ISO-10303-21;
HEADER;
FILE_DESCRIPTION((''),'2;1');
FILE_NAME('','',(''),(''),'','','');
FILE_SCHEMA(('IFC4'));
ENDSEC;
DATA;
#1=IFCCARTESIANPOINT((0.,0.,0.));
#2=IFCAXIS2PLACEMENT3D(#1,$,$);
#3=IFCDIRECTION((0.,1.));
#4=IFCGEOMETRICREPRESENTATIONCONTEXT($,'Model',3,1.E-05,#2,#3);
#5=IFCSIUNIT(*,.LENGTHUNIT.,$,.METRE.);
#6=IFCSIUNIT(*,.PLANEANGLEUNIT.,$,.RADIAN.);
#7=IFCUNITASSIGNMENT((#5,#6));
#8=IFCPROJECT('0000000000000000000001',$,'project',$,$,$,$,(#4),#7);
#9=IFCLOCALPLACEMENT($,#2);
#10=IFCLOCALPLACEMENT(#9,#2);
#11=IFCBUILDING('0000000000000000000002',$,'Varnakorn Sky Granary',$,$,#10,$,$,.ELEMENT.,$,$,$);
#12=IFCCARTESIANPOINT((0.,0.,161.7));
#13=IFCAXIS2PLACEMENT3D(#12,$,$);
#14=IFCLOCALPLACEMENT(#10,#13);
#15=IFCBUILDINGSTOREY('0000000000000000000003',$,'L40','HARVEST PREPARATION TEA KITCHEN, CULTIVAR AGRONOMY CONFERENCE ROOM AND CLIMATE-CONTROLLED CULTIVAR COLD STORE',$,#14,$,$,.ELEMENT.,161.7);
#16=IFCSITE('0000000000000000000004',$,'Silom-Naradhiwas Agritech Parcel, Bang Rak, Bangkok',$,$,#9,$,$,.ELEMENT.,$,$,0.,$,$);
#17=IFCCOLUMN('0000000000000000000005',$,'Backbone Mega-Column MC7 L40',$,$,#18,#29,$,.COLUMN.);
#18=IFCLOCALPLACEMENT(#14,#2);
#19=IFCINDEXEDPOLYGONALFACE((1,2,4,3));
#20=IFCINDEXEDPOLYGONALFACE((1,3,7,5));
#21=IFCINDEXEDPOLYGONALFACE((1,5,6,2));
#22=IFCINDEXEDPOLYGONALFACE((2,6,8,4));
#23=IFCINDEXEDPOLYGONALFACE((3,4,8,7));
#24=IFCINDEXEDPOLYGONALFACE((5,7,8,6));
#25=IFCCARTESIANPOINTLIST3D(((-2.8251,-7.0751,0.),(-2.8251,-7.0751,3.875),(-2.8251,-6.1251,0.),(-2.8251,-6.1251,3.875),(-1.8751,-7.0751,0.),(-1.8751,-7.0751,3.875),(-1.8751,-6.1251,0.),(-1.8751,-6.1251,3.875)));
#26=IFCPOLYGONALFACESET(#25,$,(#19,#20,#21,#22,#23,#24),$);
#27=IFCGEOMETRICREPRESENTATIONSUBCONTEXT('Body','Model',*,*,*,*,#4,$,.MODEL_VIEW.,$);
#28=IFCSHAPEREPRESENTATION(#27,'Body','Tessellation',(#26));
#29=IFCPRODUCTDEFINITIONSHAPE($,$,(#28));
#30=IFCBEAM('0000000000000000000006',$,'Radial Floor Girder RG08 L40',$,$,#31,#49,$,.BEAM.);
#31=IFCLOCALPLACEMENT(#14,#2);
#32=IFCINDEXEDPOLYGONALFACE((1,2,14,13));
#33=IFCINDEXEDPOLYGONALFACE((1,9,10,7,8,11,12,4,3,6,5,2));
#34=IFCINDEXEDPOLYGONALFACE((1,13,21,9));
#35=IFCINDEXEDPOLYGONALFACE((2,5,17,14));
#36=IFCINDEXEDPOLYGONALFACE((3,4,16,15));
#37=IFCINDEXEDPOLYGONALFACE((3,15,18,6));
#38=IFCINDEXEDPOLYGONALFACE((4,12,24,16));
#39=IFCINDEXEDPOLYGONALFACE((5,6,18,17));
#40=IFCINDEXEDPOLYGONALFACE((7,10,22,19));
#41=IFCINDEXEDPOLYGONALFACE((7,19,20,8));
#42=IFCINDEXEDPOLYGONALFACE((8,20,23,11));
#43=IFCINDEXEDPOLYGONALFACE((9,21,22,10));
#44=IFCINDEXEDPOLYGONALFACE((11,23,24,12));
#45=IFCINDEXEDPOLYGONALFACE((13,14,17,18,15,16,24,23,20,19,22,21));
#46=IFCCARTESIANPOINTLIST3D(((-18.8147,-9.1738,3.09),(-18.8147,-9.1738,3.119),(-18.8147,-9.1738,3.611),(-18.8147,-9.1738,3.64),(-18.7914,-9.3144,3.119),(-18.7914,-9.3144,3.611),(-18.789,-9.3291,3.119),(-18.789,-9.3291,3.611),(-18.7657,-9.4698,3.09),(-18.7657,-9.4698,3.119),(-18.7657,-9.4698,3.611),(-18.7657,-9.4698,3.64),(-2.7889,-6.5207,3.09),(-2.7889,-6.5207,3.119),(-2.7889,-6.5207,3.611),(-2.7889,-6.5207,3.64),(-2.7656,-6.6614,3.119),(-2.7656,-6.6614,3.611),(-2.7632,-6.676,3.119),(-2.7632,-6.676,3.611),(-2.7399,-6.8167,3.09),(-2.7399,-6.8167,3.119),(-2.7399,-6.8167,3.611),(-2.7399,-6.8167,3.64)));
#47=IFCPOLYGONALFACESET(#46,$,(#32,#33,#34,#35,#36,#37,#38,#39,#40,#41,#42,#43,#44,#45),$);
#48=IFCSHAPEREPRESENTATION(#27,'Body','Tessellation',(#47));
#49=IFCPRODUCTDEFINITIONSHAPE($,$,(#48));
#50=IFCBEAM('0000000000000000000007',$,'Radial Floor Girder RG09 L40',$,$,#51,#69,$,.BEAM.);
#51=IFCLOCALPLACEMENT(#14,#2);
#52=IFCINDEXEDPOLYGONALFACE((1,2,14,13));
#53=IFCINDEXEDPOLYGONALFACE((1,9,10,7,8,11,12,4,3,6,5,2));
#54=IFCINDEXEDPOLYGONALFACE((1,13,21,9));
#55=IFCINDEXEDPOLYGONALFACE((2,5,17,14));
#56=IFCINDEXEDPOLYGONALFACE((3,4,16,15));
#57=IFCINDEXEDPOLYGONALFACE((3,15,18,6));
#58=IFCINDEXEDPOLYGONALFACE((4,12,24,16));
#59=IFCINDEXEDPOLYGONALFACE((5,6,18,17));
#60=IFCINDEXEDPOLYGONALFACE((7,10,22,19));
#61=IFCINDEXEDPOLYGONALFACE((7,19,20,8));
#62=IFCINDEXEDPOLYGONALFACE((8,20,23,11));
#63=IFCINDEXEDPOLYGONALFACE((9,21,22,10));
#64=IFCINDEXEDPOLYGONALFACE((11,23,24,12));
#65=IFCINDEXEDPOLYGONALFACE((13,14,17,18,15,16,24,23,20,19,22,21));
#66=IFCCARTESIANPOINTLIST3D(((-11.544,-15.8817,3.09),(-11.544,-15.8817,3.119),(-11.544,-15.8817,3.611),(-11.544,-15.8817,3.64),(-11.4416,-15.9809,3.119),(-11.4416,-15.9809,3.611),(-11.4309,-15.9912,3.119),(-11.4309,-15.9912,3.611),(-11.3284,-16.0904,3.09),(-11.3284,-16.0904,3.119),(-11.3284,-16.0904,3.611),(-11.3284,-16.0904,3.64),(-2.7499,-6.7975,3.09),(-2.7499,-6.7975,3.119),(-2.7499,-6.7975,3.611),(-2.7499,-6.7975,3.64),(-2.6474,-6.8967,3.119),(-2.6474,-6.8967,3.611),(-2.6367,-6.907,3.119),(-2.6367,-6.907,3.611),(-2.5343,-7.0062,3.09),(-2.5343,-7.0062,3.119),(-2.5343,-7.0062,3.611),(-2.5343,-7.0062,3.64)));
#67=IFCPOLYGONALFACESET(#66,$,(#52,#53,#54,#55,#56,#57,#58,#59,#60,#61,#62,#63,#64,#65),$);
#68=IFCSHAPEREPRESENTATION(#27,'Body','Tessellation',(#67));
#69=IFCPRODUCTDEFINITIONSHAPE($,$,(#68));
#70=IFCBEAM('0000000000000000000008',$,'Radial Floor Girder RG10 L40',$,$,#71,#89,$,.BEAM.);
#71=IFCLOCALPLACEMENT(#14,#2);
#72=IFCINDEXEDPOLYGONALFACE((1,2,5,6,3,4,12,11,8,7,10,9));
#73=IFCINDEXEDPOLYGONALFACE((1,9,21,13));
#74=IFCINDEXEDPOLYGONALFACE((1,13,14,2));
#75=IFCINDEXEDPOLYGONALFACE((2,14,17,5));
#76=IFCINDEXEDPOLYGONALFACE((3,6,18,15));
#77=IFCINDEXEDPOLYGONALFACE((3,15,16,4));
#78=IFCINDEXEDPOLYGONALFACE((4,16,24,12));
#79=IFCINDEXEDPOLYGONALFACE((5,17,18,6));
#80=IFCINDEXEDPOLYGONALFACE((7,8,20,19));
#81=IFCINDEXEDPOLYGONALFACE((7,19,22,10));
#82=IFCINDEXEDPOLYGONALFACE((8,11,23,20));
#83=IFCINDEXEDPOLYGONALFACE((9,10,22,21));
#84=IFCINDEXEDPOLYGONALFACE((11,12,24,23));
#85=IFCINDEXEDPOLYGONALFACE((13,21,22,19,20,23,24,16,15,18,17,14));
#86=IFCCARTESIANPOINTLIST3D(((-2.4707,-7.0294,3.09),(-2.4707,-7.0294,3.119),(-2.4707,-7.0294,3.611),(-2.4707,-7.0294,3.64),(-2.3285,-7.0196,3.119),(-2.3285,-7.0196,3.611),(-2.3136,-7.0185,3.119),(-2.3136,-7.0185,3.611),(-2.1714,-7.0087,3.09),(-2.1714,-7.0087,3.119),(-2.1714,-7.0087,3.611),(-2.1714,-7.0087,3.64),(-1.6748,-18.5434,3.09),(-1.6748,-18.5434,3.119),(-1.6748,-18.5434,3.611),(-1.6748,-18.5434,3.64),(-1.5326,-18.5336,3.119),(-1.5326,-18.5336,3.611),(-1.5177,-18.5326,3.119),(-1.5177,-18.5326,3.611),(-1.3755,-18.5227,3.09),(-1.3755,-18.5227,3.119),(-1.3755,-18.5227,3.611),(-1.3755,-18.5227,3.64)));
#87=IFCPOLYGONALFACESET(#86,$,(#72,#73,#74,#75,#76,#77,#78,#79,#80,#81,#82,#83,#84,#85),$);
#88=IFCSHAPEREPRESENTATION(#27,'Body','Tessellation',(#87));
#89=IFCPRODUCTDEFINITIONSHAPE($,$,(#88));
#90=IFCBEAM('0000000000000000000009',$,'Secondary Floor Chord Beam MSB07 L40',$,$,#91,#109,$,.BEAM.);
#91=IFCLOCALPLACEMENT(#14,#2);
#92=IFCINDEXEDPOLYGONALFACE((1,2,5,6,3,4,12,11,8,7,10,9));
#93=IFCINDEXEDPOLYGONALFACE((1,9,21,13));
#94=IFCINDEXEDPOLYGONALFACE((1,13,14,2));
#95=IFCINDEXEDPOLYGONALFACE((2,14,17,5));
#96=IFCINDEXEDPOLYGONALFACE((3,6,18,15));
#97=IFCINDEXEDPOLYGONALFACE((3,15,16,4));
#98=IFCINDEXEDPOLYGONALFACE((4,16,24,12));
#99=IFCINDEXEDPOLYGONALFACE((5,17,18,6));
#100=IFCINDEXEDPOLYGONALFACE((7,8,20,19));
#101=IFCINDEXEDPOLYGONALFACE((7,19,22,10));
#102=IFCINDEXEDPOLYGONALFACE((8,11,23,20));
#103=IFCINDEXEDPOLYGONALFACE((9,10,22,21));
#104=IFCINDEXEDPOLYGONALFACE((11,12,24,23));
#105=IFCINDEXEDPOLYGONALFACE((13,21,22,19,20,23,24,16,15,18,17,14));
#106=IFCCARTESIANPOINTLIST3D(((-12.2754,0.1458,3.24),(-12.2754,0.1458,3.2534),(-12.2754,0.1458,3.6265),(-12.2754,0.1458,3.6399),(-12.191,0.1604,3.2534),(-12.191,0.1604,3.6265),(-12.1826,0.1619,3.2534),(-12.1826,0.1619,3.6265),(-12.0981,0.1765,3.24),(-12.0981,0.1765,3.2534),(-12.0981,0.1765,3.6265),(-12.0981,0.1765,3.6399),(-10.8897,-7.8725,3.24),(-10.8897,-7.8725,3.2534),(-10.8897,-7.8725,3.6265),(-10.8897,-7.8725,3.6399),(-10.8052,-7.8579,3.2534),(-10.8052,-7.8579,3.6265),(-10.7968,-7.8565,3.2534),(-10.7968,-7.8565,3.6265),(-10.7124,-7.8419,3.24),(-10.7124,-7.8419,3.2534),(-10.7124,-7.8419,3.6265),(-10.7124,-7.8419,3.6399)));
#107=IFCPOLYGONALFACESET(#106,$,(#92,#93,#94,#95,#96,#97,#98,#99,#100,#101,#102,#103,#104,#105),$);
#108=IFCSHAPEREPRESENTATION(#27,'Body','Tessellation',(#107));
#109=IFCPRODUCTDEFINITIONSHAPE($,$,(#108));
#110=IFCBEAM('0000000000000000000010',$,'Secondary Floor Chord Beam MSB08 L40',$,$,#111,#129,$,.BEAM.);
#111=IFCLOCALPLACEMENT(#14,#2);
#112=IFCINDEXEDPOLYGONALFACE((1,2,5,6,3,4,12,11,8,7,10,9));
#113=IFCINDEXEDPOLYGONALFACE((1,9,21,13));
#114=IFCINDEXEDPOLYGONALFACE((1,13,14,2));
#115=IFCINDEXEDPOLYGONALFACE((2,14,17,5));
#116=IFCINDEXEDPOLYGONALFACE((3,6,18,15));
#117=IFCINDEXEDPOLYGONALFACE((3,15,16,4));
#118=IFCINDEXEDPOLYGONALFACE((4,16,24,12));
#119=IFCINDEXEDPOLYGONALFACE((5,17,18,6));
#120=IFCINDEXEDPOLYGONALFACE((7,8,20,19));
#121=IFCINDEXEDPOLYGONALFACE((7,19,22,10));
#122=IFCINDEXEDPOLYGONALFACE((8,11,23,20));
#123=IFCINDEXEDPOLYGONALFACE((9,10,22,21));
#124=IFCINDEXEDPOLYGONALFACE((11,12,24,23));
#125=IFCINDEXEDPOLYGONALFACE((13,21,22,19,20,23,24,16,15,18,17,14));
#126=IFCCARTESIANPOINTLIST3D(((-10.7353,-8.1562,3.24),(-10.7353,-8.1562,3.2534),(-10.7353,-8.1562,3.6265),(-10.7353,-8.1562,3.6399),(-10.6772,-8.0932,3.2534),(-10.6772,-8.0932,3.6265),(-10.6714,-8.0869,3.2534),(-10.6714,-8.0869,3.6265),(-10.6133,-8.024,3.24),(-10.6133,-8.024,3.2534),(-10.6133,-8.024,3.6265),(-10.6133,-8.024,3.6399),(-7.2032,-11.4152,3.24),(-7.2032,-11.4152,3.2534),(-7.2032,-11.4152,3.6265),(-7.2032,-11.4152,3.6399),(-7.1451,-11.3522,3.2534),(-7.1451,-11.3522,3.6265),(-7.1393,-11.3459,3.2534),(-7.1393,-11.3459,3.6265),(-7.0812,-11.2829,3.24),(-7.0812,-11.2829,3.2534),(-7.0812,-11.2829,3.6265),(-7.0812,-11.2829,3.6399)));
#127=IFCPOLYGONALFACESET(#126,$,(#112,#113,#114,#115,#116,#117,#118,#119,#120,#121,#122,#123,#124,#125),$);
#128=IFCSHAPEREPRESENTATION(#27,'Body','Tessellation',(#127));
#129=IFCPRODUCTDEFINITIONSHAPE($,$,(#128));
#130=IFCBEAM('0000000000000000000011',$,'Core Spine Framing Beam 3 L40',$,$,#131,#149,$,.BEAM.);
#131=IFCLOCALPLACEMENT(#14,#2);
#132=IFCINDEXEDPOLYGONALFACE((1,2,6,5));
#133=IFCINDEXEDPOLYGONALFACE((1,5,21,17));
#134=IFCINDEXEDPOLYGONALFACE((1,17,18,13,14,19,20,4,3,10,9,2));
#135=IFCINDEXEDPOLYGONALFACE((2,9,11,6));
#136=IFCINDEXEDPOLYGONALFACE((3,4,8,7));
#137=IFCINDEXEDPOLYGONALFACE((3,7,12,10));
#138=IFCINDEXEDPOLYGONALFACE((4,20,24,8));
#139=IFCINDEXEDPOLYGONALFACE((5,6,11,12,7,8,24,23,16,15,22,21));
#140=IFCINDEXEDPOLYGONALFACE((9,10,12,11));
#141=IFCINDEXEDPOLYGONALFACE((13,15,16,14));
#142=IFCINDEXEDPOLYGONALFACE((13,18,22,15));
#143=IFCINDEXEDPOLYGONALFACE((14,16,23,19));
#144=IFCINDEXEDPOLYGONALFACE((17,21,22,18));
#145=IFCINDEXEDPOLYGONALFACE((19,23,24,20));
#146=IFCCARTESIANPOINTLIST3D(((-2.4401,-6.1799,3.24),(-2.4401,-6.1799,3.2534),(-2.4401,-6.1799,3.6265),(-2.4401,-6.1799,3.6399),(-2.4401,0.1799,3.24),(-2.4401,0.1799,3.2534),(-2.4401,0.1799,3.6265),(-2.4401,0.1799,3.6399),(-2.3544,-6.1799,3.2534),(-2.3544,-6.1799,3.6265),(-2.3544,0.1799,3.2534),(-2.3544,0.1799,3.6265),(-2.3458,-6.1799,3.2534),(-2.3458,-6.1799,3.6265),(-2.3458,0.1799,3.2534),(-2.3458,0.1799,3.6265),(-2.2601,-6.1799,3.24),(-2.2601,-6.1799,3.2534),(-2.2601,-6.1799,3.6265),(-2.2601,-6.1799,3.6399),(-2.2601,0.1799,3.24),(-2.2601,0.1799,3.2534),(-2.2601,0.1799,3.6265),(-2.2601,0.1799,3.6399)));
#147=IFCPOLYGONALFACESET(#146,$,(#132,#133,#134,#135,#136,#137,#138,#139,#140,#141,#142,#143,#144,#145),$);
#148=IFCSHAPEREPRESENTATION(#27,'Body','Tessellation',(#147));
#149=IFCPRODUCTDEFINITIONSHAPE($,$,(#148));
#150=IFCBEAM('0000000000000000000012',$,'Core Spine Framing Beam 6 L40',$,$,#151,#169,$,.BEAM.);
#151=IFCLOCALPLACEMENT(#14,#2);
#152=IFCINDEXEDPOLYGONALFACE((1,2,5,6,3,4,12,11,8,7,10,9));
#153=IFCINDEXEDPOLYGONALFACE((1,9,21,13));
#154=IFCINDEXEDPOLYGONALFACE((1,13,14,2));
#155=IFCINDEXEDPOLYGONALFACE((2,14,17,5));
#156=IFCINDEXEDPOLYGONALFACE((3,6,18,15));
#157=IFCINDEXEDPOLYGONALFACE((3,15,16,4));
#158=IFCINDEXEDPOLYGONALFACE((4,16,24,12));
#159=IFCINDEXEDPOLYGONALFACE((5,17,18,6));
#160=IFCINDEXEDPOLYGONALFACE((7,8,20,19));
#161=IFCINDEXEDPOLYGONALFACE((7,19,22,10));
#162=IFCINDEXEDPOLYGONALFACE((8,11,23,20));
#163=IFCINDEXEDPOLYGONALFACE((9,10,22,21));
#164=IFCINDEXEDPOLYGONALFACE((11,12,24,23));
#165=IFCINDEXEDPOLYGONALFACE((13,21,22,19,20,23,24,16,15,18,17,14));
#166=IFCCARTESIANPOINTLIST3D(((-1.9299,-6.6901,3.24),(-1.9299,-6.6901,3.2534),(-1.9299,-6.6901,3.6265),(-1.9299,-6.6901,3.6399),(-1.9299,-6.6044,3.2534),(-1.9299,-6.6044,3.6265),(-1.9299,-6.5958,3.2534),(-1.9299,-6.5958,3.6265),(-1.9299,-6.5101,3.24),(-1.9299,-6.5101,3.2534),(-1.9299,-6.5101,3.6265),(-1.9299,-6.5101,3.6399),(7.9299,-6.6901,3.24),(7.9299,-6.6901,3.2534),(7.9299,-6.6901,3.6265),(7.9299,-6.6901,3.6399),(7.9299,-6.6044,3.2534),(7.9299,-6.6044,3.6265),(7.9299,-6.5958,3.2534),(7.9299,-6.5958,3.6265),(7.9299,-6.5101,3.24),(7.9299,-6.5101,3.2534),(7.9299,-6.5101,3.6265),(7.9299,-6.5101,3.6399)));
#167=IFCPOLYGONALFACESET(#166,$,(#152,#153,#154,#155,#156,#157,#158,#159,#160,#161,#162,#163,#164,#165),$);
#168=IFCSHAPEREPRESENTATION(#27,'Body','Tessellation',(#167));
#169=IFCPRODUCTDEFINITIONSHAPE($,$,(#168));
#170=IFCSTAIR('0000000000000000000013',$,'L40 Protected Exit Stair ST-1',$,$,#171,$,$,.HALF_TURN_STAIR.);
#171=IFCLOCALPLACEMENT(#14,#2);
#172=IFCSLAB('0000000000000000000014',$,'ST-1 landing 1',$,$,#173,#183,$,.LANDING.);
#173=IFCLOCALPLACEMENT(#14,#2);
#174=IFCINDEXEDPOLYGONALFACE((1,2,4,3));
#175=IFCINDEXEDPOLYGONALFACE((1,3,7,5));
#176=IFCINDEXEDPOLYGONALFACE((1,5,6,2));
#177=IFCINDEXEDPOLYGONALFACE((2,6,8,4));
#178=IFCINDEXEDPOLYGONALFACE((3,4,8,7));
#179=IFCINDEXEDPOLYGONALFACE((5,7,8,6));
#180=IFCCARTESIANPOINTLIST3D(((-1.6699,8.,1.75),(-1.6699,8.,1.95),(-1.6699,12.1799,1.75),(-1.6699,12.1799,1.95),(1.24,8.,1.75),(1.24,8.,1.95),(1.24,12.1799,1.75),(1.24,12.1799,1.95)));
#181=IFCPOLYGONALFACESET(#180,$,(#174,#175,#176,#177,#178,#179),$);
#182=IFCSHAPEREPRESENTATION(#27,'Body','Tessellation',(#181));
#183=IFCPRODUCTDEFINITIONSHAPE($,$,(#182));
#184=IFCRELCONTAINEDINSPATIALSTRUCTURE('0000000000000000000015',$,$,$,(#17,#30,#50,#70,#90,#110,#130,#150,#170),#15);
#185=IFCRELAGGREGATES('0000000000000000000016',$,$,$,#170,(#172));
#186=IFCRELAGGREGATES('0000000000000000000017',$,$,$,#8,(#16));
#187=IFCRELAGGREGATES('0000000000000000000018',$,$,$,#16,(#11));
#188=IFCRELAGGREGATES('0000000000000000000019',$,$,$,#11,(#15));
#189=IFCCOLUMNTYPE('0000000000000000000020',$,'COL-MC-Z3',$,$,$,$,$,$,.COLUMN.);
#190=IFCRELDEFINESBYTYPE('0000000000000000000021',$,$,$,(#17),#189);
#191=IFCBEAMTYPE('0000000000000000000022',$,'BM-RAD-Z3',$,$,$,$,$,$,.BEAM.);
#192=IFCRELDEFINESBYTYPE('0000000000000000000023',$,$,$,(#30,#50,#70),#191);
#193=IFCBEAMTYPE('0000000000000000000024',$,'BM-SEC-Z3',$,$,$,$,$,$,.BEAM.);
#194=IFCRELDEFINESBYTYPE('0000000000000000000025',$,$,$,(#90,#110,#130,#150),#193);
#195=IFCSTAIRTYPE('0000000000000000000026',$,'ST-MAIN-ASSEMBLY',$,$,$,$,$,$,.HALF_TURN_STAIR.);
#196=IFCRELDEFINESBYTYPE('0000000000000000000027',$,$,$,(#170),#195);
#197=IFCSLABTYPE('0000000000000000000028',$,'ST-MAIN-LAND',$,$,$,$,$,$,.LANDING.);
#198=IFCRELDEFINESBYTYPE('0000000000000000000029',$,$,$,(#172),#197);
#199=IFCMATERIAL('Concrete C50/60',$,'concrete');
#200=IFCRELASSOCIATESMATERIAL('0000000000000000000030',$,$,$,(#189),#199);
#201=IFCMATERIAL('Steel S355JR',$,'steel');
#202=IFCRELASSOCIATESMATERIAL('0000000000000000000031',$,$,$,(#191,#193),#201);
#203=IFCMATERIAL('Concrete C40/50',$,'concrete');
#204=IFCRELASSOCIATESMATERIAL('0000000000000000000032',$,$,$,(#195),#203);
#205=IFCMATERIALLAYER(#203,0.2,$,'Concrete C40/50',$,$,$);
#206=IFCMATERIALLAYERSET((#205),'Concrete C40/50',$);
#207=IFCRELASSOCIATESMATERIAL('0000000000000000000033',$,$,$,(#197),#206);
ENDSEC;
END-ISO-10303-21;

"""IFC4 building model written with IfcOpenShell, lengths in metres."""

from ifc_helpers import new_model, si_unit, direction, frame, origin, origin_2d, place, context, subcontext, project, spatial, polyline, rectangle, i_section, outline, extrude, material, layer, layer_set, material_profile, profile_set, type_object, element, aggregate, save


model = new_model("IFC4")

# Units and contexts
model_context = context("Model", 3, precision=1e-05, world=origin(), true_north=direction((0.0, 1.0)))
body_context = subcontext(model_context, "Body", "Model", "MODEL_VIEW")
ifc_project = project(units=[si_unit("LENGTHUNIT", "METRE"), si_unit("PLANEANGLEUNIT", "RADIAN")], contexts=[model_context])

# Site, building, storey
site_placement = place(None, origin())
site = spatial("IfcSite", under=ifc_project, at=site_placement, Name="Silom-Naradhiwas Agritech Parcel, Bang Rak, Bangkok", CompositionType="ELEMENT", RefElevation=0.0)
building_placement = place(site_placement, origin())
building = spatial("IfcBuilding", under=site, at=building_placement, Name="Varnakorn Sky Granary", CompositionType="ELEMENT")
storey_placement = place(building_placement, frame((0.0, 0.0, 161.7)))
storey = spatial("IfcBuildingStorey", under=building, at=storey_placement, Name="L40", Description="HARVEST PREPARATION TEA KITCHEN, CULTIVAR AGRONOMY CONFERENCE ROOM AND CLIMATE-CONTROLLED CULTIVAR COLD STORE", CompositionType="ELEMENT", Elevation=161.7)

# Column
ifc_material_1 = material(Name="Concrete C50/60", Category="concrete")
ifc_material_profile_1 = material_profile(ifc_material_1, rectangle(XDim=0.95, YDim=0.95, at=origin_2d()), Name="RC 950x950")
ifc_profile_set_1 = profile_set([ifc_material_profile_1], Name="Concrete C50/60")
column_type = type_object("IfcColumnType", Name="COL-MC-Z3", PredefinedType="COLUMN", material=ifc_profile_set_1)
column_placement = place(storey_placement, frame((-2.3501, -6.6001, 0.0), z_axis=(0.0, 0.0, 1.0), x_axis=(1.0, 0.0, 0.0)))
element("IfcColumn", 1, at=column_placement, inside=storey, type_object=column_type, Name="Backbone Mega-Column MC7 L40", PredefinedType="COLUMN", context=body_context, shape_type="SweptSolid", body=[
    extrude(rectangle(XDim=0.95, YDim=0.95, at=origin_2d()), origin(), (0.0, 0.0, 1.0), 3.875),
])

# Beams
ifc_material_2 = material(Name="Steel S355JR", Category="steel")
ifc_material_profile_2 = material_profile(ifc_material_2, i_section(OverallWidth=0.3, OverallDepth=0.55, WebThickness=0.0149, FlangeThickness=0.0291, at=origin_2d()), Name="HE 550 B")
ifc_profile_set_2 = profile_set([ifc_material_profile_2], Name="Steel S355JR")
beam_type_1 = type_object("IfcBeamType", Name="BM-RAD-Z3", PredefinedType="BEAM", material=ifc_profile_set_2)
beam_1_placement = place(storey_placement, frame((-2.7644, -6.6687, 3.365), z_axis=(-0.986572, -0.163327, 0.0), x_axis=(0.163327, -0.986572, 0.0)))
element("IfcBeam", 2, at=beam_1_placement, inside=storey, type_object=beam_type_1, Name="Radial Floor Girder RG08 L40", PredefinedType="BEAM", context=body_context, shape_type="SweptSolid", body=[
    extrude(i_section(OverallWidth=0.3, OverallDepth=0.55, WebThickness=0.0149, FlangeThickness=0.0291, at=origin_2d()), origin(), (0.0, 0.0, 1.0), 16.2439),
])
beam_2_placement = place(storey_placement, frame((-2.6421, -6.9019, 3.365), z_axis=(-0.695544, -0.718484, 0.0), x_axis=(0.718484, -0.695544, 0.0)))
element("IfcBeam", 3, at=beam_2_placement, inside=storey, type_object=beam_type_1, Name="Radial Floor Girder RG09 L40", PredefinedType="BEAM", context=body_context, shape_type="SweptSolid", body=[
    extrude(i_section(OverallWidth=0.3, OverallDepth=0.55, WebThickness=0.0149, FlangeThickness=0.0291, at=origin_2d()), origin(), (0.0, 0.0, 1.0), 12.6436),
])
beam_3_placement = place(storey_placement, frame((-2.321, -7.019, 3.365), z_axis=(0.06896, -0.997619, 0.0), x_axis=(0.997619, 0.06896, 0.0)))
element("IfcBeam", 4, at=beam_3_placement, inside=storey, type_object=beam_type_1, Name="Radial Floor Girder RG10 L40", PredefinedType="BEAM", context=body_context, shape_type="SweptSolid", body=[
    extrude(i_section(OverallWidth=0.3, OverallDepth=0.55, WebThickness=0.0149, FlangeThickness=0.0291, at=origin_2d()), origin(), (0.0, 0.0, 1.0), 11.5415),
])
ifc_material_profile_3 = material_profile(ifc_material_2, i_section(OverallWidth=0.1799, OverallDepth=0.3999, WebThickness=0.0085, FlangeThickness=0.0134, at=origin_2d()), Name="IPE 400")
ifc_profile_set_3 = profile_set([ifc_material_profile_3], Name="Steel S355JR")
beam_type_2 = type_object("IfcBeamType", Name="BM-SEC-Z3", PredefinedType="BEAM", material=ifc_profile_set_3)
beam_4_placement = place(storey_placement, frame((-12.1868, 0.1611, 3.4399), z_axis=(0.170298, -0.985393, 0.0), x_axis=(0.985393, 0.170298, 0.0)))
element("IfcBeam", 5, at=beam_4_placement, inside=storey, type_object=beam_type_2, Name="Secondary Floor Chord Beam MSB07 L40", PredefinedType="BEAM", context=body_context, shape_type="SweptSolid", body=[
    extrude(i_section(OverallWidth=0.1799, OverallDepth=0.3999, WebThickness=0.0085, FlangeThickness=0.0134, at=origin_2d()), origin(), (0.0, 0.0, 1.0), 8.1372),
])
beam_5_placement = place(storey_placement, frame((-10.6743, -8.0901, 3.4399), z_axis=(0.734957, -0.678113, 0.0), x_axis=(0.678113, 0.734957, 0.0)))
element("IfcBeam", 6, at=beam_5_placement, inside=storey, type_object=beam_type_2, Name="Secondary Floor Chord Beam MSB08 L40", PredefinedType="BEAM", context=body_context, shape_type="SweptSolid", body=[
    extrude(i_section(OverallWidth=0.1799, OverallDepth=0.3999, WebThickness=0.0085, FlangeThickness=0.0134, at=origin_2d()), origin(), (0.0, 0.0, 1.0), 4.8059),
])
beam_6_placement = place(storey_placement, frame((-2.3501, 0.1799, 3.4399), z_axis=(0.0, -1.0, 0.0), x_axis=(1.0, 0.0, 0.0)))
element("IfcBeam", 7, at=beam_6_placement, inside=storey, type_object=beam_type_2, Name="Core Spine Framing Beam 3 L40", PredefinedType="BEAM", context=body_context, shape_type="SweptSolid", body=[
    extrude(i_section(OverallWidth=0.1799, OverallDepth=0.3999, WebThickness=0.0085, FlangeThickness=0.0134, at=origin_2d()), origin(), (0.0, 0.0, 1.0), 6.3599),
])
beam_7_placement = place(storey_placement, frame((-1.9299, -6.6001, 3.4399), z_axis=(1.0, 0.0, 0.0), x_axis=(0.0, 1.0, 0.0)))
element("IfcBeam", 8, at=beam_7_placement, inside=storey, type_object=beam_type_2, Name="Core Spine Framing Beam 6 L40", PredefinedType="BEAM", context=body_context, shape_type="SweptSolid", body=[
    extrude(i_section(OverallWidth=0.1799, OverallDepth=0.3999, WebThickness=0.0085, FlangeThickness=0.0134, at=origin_2d()), origin(), (0.0, 0.0, 1.0), 9.8599),
])

# Stair, slab
ifc_material_3 = material(Name="Concrete C40/50", Category="concrete")
stair_type = type_object("IfcStairType", Name="ST-MAIN-ASSEMBLY", PredefinedType="HALF_TURN_STAIR", material=ifc_material_3)
stair_1_placement = place(storey_placement, origin())
stair_1 = element("IfcStair", 9, at=stair_1_placement, inside=storey, type_object=stair_type, Name="L40 Protected Exit Stair ST-1", PredefinedType="HALF_TURN_STAIR")
ifc_layer_1 = layer(ifc_material_3, 0.2, Name="Concrete C40/50")
ifc_layer_set_1 = layer_set([ifc_layer_1], Name="Concrete C40/50")
slab_type_1 = type_object("IfcSlabType", Name="ST-MAIN-LAND", PredefinedType="LANDING", material=ifc_layer_set_1)
slab_1_placement = place(storey_placement, frame((0.0, 0.0, 1.75)))
slab_1 = element("IfcSlab", 10, at=slab_1_placement, type_object=slab_type_1, Name="ST-1 landing 1", PredefinedType="LANDING", context=body_context, shape_type="SweptSolid", body=[
    extrude(outline(polyline([(1.24, 8.0), (1.24, 12.1799), (-1.6699, 12.1799), (-1.6699, 8.0), (1.24, 8.0)])), origin(), (0.0, 0.0, 1.0), 0.2),
])
aggregate(stair_1, [slab_1])

save(model, "model.ifc")
